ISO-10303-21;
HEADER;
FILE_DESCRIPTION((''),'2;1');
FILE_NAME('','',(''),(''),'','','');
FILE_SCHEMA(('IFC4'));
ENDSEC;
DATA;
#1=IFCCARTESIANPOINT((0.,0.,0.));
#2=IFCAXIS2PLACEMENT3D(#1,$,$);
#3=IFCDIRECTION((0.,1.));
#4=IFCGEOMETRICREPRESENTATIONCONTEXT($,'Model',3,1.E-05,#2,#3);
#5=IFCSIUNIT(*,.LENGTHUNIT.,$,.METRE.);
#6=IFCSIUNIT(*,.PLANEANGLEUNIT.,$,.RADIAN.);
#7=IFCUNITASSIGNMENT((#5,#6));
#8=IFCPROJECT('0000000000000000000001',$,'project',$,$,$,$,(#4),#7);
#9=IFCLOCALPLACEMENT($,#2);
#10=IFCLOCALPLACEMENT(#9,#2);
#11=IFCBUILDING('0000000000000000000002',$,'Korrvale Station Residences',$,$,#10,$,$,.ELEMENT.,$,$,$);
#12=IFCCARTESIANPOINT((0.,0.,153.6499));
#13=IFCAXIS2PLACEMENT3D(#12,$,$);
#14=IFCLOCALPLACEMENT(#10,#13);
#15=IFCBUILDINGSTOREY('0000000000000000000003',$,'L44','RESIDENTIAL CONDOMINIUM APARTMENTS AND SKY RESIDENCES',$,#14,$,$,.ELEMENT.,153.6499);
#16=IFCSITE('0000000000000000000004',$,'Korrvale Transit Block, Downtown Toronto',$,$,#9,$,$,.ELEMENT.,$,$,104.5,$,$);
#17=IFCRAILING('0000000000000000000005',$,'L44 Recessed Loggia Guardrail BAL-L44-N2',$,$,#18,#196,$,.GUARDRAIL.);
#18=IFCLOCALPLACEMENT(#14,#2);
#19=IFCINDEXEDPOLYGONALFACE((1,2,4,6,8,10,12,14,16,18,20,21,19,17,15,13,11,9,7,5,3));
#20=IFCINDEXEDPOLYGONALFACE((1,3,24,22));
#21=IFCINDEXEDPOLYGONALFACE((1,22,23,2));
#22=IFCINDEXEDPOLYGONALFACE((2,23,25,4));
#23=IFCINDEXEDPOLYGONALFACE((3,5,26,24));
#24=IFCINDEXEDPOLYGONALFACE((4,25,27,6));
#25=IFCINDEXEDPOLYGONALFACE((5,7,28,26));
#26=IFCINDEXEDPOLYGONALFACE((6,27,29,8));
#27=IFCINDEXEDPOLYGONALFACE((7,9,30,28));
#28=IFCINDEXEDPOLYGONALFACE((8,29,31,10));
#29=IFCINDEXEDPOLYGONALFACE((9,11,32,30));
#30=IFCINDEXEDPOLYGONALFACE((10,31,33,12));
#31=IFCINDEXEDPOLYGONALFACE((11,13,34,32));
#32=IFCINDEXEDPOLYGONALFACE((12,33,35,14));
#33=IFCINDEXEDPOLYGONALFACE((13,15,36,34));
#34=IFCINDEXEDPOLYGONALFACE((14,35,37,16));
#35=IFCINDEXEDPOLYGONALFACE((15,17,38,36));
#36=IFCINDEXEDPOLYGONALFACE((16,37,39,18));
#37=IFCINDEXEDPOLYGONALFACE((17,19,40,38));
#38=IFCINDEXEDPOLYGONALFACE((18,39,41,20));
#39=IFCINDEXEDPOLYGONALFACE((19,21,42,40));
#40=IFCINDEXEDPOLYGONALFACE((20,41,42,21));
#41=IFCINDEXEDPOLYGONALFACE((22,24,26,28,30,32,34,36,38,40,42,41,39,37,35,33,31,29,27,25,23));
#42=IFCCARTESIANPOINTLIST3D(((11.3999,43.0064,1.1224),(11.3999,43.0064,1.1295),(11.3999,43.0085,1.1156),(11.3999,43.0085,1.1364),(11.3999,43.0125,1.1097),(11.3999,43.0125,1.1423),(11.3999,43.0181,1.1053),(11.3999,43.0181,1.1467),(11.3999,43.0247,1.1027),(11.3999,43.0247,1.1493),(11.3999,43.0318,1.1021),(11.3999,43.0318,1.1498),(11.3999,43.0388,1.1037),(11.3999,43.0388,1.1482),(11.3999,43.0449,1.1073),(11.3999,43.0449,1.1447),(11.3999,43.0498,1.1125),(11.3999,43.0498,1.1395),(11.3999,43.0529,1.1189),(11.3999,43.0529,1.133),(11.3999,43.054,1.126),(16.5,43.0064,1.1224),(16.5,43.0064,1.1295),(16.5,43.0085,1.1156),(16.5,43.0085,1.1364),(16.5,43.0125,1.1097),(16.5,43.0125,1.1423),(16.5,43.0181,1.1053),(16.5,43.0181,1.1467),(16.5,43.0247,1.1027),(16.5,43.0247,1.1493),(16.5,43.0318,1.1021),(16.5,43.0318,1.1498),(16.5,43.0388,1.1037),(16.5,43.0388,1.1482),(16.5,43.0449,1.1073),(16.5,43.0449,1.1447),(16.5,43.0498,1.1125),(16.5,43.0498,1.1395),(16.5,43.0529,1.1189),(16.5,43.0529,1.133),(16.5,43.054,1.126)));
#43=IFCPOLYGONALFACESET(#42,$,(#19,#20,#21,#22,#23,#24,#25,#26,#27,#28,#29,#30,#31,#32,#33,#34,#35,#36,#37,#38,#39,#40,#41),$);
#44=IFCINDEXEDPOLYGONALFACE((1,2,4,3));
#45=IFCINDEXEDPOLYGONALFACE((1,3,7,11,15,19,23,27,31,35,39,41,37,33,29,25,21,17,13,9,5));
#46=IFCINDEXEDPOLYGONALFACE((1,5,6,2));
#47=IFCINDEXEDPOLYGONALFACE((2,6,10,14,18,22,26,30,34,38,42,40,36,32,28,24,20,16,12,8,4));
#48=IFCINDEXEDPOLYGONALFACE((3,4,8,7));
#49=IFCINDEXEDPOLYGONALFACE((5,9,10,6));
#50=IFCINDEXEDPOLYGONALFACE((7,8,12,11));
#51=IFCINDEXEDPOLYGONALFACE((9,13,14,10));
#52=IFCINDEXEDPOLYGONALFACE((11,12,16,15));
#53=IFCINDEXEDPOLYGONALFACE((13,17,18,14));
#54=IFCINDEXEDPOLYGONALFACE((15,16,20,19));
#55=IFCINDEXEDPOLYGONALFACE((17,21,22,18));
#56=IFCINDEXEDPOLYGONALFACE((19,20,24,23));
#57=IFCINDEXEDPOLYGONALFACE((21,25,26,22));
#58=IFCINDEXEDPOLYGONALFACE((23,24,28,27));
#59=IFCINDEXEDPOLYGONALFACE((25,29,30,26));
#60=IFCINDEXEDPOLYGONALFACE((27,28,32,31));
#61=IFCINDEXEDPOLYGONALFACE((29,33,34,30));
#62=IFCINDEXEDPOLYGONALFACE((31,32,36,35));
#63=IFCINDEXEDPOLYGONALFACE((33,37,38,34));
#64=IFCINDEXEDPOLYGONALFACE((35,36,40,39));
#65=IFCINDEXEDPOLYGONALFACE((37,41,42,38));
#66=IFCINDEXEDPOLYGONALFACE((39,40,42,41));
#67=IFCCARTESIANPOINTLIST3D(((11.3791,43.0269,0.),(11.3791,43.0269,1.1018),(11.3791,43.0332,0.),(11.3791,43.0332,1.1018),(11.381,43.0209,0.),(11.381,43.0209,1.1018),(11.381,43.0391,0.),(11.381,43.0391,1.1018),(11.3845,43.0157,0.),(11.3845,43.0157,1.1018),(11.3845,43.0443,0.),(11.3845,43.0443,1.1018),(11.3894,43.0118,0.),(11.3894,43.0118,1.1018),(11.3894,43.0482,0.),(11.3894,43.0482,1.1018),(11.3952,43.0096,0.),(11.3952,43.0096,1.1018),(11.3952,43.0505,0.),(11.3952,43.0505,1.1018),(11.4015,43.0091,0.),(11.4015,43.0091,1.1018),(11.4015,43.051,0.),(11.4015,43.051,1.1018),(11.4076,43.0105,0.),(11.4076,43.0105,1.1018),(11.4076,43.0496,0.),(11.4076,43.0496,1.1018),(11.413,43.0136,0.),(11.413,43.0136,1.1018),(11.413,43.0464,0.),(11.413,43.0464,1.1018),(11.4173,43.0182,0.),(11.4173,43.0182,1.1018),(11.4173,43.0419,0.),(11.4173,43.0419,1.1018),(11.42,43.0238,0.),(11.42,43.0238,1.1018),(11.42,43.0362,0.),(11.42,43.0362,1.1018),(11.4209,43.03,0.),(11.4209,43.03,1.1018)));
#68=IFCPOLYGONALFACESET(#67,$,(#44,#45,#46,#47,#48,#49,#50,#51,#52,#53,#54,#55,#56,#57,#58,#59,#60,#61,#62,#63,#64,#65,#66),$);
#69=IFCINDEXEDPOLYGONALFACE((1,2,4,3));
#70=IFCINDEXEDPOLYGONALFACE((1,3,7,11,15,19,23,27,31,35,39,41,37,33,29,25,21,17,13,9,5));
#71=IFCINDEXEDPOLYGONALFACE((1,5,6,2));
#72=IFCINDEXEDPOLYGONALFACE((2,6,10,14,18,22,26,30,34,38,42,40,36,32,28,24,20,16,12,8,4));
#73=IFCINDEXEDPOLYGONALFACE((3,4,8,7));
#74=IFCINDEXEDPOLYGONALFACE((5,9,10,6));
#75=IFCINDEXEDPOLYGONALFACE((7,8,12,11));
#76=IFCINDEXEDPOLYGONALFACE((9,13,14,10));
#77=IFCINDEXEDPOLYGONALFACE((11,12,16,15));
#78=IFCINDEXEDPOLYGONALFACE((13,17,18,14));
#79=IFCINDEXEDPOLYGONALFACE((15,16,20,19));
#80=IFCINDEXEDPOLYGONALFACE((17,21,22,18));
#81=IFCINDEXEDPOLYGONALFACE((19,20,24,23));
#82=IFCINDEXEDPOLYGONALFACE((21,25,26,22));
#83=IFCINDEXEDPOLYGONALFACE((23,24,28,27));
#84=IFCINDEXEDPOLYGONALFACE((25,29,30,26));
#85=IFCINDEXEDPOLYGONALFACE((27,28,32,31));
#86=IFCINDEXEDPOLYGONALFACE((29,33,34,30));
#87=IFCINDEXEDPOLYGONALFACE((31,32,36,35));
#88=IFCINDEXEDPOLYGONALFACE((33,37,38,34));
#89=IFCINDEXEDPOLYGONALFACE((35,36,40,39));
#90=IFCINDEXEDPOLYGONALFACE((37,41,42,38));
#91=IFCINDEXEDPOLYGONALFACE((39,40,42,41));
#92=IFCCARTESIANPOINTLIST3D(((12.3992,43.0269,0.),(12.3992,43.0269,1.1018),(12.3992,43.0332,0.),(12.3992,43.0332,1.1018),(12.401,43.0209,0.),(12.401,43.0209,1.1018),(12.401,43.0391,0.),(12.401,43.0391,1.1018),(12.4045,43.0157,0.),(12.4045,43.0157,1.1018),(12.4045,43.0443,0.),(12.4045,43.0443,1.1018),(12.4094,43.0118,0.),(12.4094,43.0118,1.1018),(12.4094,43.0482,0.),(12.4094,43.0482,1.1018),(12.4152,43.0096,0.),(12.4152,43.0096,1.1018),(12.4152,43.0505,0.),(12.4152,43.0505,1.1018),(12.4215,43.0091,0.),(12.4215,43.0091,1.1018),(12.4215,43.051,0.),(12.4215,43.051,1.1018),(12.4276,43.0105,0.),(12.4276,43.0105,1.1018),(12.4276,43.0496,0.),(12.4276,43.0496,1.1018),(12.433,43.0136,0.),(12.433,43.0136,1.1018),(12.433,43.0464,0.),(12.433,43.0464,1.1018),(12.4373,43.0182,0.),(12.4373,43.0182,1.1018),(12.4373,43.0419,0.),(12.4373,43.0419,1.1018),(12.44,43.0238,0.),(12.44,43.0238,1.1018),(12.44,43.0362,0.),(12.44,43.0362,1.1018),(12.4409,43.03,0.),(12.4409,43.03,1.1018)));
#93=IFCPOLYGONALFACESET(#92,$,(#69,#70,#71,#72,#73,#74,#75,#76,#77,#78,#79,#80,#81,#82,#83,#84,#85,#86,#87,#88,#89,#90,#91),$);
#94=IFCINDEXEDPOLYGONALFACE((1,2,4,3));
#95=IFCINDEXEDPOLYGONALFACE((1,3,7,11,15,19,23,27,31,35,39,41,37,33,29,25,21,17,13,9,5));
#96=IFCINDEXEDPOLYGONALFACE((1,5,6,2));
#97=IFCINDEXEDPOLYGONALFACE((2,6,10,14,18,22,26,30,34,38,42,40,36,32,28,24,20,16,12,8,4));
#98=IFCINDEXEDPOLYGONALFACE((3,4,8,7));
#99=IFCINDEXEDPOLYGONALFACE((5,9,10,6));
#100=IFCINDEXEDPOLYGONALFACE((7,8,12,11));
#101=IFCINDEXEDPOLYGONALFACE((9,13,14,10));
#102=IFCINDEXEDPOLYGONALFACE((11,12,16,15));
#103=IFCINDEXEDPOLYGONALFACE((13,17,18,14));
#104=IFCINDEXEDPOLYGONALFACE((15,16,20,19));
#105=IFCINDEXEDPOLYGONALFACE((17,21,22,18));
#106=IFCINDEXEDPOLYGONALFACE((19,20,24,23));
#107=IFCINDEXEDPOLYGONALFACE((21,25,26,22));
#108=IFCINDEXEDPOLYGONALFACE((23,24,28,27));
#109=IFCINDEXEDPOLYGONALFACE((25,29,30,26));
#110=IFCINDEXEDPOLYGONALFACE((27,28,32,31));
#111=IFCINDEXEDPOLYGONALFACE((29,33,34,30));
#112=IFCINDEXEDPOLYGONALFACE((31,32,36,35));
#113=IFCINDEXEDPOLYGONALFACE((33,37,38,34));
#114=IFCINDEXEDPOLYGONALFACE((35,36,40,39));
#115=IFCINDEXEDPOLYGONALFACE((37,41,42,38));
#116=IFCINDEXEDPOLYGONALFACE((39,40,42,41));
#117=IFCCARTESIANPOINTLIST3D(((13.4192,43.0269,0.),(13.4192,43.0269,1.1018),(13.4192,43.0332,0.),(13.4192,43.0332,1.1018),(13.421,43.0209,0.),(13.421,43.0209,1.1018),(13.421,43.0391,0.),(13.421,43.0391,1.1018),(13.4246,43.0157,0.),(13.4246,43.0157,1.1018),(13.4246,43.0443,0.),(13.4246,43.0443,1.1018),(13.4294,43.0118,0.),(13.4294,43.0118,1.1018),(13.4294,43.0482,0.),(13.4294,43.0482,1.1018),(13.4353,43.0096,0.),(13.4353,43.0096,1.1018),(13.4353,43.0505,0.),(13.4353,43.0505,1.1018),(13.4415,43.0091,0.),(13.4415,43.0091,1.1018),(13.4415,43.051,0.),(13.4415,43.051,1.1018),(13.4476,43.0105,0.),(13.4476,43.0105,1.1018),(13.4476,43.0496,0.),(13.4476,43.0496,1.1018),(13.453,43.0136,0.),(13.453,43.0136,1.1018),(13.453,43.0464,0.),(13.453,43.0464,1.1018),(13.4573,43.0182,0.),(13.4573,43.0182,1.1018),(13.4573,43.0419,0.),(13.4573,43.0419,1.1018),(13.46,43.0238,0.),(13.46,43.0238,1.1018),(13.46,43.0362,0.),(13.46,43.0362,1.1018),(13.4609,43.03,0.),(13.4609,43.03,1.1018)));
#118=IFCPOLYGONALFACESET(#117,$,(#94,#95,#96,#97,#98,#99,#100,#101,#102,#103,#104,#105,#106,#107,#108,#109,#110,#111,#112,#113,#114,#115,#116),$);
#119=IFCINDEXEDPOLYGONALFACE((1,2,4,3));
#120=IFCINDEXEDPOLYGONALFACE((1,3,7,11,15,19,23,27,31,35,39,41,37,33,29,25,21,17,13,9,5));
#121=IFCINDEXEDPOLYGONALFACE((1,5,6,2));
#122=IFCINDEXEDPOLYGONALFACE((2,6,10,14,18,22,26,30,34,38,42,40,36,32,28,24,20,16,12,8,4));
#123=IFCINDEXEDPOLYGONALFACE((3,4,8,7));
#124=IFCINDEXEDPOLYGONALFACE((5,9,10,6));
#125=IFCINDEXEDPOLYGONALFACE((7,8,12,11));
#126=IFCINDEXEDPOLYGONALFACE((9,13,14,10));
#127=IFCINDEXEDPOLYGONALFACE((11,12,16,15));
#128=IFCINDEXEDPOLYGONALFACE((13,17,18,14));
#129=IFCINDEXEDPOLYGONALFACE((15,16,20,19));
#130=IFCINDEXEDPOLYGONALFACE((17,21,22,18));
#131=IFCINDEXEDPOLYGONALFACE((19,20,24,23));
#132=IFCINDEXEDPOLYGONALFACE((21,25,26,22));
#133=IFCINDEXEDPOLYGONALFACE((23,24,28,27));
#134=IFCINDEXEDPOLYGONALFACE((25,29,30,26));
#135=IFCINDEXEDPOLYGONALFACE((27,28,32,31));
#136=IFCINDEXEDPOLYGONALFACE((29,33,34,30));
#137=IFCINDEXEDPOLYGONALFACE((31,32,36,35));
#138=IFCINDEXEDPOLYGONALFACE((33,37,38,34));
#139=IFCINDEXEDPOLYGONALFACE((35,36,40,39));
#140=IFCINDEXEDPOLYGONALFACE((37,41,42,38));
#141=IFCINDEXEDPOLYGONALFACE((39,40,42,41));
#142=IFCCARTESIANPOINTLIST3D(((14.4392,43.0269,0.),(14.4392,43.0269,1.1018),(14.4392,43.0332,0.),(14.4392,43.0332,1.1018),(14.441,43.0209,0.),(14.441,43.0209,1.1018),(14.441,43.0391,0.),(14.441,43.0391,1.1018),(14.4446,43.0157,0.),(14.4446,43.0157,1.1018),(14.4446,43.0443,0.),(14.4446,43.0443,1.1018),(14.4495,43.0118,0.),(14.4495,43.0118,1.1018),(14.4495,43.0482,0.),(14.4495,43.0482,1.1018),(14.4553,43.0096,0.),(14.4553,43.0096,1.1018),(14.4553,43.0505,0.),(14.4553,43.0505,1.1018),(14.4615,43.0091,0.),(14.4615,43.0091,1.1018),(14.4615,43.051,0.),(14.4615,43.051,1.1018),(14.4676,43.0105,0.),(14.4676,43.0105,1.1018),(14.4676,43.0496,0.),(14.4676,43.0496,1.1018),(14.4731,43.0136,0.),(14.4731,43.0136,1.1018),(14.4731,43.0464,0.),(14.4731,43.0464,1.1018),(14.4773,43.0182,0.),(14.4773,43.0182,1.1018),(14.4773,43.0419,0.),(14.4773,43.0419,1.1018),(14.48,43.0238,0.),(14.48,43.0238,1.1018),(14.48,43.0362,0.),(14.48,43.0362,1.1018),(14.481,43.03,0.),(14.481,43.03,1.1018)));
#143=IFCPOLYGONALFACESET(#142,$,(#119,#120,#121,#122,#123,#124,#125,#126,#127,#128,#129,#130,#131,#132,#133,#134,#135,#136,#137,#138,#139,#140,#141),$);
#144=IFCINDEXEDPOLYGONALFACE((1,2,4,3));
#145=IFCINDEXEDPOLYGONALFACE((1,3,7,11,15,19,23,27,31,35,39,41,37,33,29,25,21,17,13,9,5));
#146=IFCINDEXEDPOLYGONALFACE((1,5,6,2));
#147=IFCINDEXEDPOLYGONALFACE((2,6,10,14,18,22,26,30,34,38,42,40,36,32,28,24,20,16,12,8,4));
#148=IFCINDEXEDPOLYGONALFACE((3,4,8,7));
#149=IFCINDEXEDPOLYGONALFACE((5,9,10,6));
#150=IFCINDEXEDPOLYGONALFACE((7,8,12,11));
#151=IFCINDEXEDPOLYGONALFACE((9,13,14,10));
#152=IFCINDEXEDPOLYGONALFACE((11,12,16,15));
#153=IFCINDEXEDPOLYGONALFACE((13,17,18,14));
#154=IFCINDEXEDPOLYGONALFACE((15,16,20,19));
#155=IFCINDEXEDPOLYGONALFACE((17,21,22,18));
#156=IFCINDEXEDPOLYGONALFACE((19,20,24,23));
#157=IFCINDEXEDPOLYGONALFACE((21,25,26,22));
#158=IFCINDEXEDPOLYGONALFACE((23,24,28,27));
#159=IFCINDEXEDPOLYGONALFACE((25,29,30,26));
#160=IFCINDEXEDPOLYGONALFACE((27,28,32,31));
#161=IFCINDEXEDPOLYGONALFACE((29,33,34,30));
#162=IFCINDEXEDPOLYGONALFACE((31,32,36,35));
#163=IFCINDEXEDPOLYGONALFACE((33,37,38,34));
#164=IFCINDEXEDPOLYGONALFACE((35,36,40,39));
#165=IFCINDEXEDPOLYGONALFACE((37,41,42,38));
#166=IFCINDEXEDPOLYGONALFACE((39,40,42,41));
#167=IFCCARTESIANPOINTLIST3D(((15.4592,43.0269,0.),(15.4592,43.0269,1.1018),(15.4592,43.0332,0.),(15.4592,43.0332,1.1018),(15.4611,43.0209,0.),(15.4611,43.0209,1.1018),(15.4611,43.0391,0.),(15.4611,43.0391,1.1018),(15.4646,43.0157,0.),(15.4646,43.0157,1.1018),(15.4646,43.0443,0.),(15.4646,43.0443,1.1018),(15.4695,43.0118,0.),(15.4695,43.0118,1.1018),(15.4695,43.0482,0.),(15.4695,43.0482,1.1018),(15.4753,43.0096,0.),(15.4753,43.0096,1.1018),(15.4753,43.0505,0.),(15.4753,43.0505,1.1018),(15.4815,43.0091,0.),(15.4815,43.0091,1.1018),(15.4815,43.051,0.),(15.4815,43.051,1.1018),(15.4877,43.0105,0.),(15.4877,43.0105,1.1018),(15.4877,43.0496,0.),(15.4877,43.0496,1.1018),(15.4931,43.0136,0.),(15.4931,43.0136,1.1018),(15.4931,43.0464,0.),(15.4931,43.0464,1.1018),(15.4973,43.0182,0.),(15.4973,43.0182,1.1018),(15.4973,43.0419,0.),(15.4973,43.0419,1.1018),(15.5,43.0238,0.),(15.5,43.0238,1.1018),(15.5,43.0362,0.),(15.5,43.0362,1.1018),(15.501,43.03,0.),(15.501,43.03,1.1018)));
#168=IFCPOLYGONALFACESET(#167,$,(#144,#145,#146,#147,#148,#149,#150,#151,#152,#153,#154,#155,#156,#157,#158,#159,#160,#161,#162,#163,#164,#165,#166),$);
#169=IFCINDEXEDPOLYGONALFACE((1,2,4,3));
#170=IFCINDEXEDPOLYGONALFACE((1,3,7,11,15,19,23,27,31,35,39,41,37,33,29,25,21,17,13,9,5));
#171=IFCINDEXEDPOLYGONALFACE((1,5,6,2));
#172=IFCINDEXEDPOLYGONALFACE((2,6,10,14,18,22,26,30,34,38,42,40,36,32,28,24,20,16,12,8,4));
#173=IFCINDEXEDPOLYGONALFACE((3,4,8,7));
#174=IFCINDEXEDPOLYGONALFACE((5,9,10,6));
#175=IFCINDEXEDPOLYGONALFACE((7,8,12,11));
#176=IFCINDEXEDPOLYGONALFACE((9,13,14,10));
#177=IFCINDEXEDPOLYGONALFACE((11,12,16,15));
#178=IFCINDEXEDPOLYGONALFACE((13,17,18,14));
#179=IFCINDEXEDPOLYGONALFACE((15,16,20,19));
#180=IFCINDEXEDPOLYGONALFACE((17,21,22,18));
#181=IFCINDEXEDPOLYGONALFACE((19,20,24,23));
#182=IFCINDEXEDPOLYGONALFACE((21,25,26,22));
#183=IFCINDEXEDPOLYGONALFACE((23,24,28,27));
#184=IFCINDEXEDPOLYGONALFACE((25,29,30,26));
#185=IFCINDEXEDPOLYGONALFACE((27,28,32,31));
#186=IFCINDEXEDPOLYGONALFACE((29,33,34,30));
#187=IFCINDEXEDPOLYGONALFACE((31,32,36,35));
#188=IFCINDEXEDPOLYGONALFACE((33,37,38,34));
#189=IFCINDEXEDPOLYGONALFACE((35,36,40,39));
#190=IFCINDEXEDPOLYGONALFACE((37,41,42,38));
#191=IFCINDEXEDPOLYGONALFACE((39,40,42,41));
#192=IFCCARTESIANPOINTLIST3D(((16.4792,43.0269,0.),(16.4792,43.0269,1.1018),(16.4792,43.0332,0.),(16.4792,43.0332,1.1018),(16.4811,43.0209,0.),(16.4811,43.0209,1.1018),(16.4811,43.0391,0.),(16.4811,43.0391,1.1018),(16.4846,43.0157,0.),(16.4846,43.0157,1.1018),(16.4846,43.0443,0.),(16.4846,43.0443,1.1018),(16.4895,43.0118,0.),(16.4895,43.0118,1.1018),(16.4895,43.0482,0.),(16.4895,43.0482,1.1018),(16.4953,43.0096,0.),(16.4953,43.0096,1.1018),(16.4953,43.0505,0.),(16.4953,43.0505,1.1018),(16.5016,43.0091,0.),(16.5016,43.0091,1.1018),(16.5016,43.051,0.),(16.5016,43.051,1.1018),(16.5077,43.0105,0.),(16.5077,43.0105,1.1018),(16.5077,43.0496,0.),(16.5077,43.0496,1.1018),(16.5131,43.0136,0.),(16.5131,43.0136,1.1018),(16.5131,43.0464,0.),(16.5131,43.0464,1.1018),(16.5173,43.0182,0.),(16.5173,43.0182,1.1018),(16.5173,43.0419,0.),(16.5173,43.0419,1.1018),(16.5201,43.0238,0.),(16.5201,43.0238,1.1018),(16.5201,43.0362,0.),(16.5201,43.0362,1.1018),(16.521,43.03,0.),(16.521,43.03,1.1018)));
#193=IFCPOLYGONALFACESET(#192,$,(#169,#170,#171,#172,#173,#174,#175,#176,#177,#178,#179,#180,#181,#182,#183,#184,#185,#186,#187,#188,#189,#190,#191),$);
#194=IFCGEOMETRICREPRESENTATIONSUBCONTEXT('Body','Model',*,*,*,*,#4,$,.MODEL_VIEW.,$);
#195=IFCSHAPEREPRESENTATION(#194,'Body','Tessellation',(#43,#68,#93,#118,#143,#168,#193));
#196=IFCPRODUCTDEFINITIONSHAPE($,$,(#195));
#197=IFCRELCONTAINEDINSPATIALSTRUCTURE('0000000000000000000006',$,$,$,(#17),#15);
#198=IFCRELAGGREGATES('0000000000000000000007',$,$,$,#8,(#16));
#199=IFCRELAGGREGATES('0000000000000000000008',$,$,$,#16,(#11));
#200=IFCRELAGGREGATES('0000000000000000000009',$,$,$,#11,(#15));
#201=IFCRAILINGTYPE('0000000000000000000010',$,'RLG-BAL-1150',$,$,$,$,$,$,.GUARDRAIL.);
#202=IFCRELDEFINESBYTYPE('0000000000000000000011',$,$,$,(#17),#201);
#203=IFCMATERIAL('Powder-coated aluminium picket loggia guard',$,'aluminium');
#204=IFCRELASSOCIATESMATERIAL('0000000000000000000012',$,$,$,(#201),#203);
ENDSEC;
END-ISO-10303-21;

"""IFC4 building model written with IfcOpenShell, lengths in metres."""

from ifc_helpers import new_model, si_unit, direction, frame, origin, origin_2d, place, context, subcontext, project, spatial, circle, extrude, material, type_object, element, save


model = new_model("IFC4")

# Units and contexts
model_context = context("Model", 3, precision=1e-05, world=origin(), true_north=direction((0.0, 1.0)))
body_context = subcontext(model_context, "Body", "Model", "MODEL_VIEW")
ifc_project = project(units=[si_unit("LENGTHUNIT", "METRE"), si_unit("PLANEANGLEUNIT", "RADIAN")], contexts=[model_context])

# Site, building, storey
site_placement = place(None, origin())
site = spatial("IfcSite", under=ifc_project, at=site_placement, Name="Korrvale Transit Block, Downtown Toronto", CompositionType="ELEMENT", RefElevation=104.5)
building_placement = place(site_placement, origin())
building = spatial("IfcBuilding", under=site, at=building_placement, Name="Korrvale Station Residences", CompositionType="ELEMENT")
storey_placement = place(building_placement, frame((0.0, 0.0, 153.6499)))
storey = spatial("IfcBuildingStorey", under=building, at=storey_placement, Name="L44", Description="RESIDENTIAL CONDOMINIUM APARTMENTS AND SKY RESIDENCES", CompositionType="ELEMENT", Elevation=153.6499)

# Railing
ifc_material_1 = material(Name="Powder-coated aluminium picket loggia guard", Category="aluminium")
railing_type = type_object("IfcRailingType", Name="RLG-BAL-1150", PredefinedType="GUARDRAIL", material=ifc_material_1)
railing_placement = place(storey_placement, frame((11.3999, 43.03, 0.0)))
element("IfcRailing", 1, at=railing_placement, inside=storey, type_object=railing_type, Name="L44 Recessed Loggia Guardrail BAL-L44-N2", PredefinedType="GUARDRAIL", context=body_context, shape_type="SweptSolid", body=[
    extrude(circle(Radius=0.0239, at=origin_2d()), frame((0.0, 0.0, 1.126), z_axis=(1.0, 0.0, 0.0), x_axis=(0.0, 1.0, 0.0)), (0.0, 0.0, 1.0), 5.1001),
    extrude(circle(Radius=0.021, at=origin_2d()), origin(), (0.0, 0.0, 1.0), 1.1018),
    extrude(circle(Radius=0.021, at=origin_2d()), frame((1.02, 0.0, 0.0)), (0.0, 0.0, 1.0), 1.1018),
    extrude(circle(Radius=0.021, at=origin_2d()), frame((2.04, 0.0, 0.0)), (0.0, 0.0, 1.0), 1.1018),
    extrude(circle(Radius=0.021, at=origin_2d()), frame((3.0601, 0.0, 0.0)), (0.0, 0.0, 1.0), 1.1018),
    extrude(circle(Radius=0.021, at=origin_2d()), frame((4.0801, 0.0, 0.0)), (0.0, 0.0, 1.0), 1.1018),
    extrude(circle(Radius=0.021, at=origin_2d()), frame((5.1001, 0.0, 0.0)), (0.0, 0.0, 1.0), 1.1018),
])

save(model, "model.ifc")
